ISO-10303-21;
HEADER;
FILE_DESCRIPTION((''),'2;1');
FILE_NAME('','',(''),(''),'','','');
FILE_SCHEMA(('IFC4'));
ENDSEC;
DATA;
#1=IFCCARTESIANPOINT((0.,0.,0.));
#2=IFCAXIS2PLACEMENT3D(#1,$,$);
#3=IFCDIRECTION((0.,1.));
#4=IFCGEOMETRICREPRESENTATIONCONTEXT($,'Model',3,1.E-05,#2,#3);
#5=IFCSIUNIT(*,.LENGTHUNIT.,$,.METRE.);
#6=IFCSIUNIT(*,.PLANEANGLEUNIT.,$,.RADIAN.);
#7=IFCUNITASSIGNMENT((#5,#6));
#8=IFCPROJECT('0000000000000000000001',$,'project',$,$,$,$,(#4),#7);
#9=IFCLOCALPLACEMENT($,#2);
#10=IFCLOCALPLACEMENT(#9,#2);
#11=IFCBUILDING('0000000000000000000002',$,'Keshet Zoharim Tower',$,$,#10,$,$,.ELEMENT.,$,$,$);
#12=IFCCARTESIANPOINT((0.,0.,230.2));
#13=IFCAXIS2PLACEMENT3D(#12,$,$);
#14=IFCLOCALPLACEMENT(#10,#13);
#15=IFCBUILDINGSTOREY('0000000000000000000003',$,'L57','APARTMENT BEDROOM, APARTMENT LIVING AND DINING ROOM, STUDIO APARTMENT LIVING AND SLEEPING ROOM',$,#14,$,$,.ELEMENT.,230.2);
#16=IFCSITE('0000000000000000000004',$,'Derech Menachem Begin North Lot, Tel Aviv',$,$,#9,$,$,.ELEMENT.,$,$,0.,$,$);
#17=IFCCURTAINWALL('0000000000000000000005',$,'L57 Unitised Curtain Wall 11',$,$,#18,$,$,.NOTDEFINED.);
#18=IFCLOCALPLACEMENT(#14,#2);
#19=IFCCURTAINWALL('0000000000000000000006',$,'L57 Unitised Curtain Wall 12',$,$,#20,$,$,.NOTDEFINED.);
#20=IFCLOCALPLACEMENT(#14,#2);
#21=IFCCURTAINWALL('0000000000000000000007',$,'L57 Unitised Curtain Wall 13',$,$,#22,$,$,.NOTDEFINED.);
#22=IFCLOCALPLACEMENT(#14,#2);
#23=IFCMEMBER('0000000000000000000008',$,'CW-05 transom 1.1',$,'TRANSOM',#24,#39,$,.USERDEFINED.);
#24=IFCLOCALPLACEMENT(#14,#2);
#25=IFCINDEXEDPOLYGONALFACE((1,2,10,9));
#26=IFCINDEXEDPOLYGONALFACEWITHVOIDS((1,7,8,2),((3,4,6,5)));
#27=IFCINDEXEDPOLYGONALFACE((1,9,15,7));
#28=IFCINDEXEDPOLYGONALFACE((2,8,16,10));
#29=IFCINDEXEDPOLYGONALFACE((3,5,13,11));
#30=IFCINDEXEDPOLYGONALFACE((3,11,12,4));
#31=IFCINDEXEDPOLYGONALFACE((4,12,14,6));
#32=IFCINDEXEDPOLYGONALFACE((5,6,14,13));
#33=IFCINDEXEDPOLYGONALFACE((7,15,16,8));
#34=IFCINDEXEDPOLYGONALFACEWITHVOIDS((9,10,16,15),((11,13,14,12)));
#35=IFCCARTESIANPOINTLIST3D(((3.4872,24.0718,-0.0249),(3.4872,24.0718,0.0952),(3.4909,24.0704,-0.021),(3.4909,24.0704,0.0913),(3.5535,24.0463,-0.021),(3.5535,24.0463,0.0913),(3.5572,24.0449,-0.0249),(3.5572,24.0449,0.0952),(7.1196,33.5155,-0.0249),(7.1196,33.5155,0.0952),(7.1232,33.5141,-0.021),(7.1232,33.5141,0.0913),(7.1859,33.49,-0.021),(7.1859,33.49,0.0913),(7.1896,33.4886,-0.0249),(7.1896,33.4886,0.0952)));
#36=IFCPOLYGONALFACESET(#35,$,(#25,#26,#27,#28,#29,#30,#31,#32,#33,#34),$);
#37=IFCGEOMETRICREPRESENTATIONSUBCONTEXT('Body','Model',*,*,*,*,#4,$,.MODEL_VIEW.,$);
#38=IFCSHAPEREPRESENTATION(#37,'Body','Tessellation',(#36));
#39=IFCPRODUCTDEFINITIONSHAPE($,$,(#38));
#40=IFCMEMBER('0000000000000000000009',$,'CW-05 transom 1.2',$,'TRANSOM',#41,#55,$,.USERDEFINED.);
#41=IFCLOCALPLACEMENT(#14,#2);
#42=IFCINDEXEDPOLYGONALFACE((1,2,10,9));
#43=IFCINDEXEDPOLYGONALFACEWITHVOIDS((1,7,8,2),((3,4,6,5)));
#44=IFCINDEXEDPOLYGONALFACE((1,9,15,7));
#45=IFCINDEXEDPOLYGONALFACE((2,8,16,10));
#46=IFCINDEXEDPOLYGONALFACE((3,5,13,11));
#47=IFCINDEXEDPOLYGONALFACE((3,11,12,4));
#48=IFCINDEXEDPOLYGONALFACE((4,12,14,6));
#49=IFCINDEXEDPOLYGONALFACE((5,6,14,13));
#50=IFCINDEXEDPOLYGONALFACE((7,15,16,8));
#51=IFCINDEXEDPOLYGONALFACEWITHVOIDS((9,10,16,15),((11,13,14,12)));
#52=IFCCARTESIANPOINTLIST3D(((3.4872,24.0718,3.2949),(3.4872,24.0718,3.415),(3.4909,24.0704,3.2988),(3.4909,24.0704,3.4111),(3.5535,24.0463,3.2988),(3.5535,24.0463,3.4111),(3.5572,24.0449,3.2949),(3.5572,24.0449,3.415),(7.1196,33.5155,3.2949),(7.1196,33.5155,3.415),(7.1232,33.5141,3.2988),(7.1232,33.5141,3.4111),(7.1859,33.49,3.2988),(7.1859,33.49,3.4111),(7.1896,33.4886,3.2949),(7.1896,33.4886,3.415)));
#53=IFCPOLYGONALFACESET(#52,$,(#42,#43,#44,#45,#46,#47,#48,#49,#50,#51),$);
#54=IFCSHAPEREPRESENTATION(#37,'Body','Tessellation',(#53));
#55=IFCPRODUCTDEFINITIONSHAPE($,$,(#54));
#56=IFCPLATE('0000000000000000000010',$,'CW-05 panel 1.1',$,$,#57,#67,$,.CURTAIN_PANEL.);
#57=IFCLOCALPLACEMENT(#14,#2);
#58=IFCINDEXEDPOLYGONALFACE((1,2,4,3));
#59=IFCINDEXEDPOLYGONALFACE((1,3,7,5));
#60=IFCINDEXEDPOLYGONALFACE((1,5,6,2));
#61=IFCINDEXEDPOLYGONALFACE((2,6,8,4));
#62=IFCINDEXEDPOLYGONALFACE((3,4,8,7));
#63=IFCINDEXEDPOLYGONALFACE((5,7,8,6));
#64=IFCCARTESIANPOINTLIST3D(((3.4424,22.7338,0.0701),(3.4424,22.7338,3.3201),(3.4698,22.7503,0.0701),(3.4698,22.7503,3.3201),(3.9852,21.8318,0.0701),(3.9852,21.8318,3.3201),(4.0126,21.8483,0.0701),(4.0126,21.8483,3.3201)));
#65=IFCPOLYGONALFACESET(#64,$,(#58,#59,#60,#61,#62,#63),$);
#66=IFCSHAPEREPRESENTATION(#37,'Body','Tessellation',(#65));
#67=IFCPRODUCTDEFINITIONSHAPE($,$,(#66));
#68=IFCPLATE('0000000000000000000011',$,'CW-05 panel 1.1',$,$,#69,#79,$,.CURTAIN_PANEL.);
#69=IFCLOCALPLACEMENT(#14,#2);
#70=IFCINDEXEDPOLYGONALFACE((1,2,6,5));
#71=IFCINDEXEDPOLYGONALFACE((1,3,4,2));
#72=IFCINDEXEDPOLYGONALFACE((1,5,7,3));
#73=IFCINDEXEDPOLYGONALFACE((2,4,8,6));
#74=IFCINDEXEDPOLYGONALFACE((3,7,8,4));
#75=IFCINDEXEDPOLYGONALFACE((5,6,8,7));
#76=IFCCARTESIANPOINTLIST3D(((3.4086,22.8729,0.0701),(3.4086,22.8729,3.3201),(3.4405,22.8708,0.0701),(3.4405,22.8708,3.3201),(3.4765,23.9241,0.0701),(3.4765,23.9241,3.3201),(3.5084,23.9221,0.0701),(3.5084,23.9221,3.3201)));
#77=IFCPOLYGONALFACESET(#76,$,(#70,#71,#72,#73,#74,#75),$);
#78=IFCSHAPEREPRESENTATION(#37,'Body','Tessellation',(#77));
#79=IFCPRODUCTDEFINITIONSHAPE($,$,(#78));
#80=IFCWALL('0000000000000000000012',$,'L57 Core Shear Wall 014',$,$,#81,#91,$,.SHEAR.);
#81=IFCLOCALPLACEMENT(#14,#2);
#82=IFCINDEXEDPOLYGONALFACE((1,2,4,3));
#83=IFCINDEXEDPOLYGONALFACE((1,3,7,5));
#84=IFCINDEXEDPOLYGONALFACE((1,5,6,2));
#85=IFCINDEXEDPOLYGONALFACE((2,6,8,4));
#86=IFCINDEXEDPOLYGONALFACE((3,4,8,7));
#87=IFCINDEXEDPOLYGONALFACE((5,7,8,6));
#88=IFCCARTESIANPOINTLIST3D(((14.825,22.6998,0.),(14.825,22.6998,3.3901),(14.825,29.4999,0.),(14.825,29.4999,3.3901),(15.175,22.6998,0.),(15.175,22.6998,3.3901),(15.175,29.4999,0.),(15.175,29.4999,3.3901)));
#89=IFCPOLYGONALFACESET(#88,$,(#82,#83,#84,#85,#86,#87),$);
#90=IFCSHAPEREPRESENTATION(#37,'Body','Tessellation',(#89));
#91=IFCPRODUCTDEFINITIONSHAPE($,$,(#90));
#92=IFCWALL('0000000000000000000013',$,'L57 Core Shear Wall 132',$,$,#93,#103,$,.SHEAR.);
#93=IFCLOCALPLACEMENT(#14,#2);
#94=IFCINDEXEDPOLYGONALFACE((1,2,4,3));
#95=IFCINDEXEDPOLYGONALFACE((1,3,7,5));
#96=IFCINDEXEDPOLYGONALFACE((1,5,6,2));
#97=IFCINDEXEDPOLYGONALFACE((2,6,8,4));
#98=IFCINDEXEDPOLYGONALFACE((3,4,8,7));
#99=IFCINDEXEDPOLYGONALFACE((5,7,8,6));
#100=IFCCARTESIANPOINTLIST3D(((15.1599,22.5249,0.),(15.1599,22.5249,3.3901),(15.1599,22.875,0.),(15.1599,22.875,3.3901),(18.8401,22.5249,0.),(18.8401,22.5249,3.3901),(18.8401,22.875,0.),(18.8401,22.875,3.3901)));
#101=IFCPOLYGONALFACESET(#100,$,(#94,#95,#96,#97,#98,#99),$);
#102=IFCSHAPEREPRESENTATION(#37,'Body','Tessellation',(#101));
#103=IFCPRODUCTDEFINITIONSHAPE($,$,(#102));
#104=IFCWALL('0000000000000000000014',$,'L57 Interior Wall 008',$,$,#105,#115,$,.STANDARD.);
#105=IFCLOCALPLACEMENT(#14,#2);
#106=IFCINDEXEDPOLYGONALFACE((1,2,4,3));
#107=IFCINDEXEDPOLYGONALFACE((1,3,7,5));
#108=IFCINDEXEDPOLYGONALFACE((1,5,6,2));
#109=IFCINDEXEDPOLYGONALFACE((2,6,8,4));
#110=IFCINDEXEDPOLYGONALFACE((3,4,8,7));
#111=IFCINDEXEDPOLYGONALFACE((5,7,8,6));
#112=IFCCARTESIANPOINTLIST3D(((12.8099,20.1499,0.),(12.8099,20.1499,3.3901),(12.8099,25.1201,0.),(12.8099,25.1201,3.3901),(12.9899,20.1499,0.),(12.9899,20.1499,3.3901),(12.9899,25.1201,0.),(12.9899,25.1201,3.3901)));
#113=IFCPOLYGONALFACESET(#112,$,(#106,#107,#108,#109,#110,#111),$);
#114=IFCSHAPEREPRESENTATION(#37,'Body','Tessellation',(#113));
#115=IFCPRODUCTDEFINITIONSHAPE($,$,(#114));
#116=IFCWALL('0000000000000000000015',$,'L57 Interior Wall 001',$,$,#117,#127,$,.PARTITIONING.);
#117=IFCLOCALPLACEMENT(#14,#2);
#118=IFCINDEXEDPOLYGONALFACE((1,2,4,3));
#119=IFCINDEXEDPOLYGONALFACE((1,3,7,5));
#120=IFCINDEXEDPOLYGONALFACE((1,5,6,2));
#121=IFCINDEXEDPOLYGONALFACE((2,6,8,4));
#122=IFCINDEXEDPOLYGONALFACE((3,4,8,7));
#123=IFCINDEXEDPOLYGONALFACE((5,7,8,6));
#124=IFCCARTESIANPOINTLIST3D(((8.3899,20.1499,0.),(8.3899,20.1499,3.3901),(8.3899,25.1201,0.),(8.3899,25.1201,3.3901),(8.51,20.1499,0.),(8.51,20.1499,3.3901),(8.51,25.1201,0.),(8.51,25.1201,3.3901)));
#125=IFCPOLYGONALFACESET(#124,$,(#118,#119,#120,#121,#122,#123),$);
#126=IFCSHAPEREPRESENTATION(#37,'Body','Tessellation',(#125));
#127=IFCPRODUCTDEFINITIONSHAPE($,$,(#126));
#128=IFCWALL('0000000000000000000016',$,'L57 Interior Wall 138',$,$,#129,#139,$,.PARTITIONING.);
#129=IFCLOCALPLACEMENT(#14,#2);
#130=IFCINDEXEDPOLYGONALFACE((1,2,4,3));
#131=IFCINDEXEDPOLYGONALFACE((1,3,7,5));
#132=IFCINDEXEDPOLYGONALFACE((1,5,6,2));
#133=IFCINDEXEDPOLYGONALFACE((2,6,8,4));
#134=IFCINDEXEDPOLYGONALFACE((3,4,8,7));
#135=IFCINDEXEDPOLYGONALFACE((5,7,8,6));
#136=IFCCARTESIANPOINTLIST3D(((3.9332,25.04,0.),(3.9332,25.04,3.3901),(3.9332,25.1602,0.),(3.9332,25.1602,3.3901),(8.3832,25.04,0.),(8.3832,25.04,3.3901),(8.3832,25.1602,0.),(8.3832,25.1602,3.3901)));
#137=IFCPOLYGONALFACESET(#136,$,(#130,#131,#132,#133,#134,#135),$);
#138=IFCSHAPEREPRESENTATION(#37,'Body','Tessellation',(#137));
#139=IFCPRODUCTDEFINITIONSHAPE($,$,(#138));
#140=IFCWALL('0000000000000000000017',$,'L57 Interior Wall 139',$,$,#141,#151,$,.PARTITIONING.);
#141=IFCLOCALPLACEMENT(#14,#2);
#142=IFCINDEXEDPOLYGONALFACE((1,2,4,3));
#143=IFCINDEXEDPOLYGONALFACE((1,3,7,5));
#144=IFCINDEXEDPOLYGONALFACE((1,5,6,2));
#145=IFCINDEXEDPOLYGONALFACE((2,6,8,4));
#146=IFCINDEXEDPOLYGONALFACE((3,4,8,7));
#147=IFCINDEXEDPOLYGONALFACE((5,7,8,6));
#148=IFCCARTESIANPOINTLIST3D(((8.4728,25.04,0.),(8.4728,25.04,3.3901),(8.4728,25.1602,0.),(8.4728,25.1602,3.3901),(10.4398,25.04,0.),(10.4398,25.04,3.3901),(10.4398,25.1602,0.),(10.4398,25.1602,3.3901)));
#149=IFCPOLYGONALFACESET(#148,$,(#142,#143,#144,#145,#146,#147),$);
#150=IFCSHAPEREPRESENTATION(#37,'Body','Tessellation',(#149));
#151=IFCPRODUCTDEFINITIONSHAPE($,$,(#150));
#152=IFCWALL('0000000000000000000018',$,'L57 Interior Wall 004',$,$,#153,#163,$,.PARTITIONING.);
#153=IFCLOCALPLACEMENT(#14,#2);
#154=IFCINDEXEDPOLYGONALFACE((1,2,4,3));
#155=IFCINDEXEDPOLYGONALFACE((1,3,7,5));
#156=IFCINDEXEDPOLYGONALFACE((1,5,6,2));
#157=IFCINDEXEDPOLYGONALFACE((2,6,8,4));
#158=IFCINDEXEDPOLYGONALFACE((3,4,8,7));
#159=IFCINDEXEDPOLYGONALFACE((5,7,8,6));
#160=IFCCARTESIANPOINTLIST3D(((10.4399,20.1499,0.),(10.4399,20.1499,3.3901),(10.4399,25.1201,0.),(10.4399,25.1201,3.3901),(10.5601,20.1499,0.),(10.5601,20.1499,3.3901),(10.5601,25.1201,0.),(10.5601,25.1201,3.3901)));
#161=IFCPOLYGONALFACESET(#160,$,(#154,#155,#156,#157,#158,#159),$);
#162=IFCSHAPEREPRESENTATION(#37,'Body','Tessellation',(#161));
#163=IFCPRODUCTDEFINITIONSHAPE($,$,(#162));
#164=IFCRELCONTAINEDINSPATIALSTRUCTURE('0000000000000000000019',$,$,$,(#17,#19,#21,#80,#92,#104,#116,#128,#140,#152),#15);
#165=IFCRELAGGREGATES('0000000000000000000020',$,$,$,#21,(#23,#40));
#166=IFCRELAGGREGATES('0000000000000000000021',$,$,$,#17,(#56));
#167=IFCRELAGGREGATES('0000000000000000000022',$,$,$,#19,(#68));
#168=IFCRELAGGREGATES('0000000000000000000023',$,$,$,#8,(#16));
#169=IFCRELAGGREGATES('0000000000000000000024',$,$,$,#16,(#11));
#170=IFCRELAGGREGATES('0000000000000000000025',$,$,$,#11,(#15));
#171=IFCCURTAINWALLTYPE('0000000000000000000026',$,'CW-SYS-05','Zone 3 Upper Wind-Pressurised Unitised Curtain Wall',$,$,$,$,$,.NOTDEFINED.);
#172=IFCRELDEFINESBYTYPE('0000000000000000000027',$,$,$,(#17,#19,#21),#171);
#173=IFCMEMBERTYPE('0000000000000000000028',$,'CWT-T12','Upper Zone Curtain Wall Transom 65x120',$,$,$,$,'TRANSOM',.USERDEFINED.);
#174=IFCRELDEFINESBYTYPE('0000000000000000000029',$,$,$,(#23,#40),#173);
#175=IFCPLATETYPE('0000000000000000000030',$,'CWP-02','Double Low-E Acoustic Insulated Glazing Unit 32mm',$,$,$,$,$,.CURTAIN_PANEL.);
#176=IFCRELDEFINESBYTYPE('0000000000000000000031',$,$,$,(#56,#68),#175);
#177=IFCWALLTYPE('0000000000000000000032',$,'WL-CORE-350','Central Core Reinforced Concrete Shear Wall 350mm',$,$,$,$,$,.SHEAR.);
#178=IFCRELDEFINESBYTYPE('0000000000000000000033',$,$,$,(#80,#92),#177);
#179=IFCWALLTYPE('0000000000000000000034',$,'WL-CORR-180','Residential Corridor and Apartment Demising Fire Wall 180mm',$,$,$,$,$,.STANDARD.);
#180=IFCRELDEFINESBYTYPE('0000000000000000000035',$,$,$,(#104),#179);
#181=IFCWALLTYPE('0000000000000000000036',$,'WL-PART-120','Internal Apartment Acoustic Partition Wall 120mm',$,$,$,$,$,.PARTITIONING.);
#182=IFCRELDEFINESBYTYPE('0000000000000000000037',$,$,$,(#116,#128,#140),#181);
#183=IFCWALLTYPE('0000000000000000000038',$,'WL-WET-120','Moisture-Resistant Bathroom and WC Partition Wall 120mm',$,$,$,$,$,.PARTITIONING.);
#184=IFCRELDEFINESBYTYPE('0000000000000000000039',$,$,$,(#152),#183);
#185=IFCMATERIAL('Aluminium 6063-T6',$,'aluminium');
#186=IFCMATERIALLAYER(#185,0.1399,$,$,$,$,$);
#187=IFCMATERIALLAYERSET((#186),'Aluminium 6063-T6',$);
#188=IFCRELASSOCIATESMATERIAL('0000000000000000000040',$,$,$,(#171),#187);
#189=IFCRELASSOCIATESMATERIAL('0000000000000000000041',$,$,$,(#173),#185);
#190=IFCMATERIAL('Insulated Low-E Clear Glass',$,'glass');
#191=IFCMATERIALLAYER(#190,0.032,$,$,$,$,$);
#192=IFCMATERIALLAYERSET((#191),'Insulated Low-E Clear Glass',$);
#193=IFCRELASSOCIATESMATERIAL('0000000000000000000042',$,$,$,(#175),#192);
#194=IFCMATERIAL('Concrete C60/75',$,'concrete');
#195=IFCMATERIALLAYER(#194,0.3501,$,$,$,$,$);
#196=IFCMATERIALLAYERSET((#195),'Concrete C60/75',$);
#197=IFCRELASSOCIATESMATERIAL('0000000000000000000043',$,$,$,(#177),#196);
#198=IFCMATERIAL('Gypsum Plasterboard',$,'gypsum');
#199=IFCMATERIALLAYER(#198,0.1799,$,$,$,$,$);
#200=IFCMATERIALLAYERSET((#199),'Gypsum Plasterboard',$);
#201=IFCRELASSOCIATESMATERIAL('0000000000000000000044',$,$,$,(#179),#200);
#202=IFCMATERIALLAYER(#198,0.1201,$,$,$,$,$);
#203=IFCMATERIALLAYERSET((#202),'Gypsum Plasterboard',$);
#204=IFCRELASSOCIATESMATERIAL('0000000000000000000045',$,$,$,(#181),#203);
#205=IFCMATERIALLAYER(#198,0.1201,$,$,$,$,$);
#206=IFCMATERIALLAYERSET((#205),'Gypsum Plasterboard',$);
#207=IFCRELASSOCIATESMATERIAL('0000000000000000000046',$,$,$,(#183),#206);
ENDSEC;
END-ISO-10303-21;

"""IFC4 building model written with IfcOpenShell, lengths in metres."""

from ifc_helpers import new_model, si_unit, direction, frame, frame_2d, origin, origin_2d, place, context, subcontext, project, spatial, rectangle, hollow_rectangle, extrude, material, layer, layer_set, material_profile, profile_set, type_object, element, aggregate, save


model = new_model("IFC4")

# Units and contexts
model_context = context("Model", 3, precision=1e-05, world=origin(), true_north=direction((0.0, 1.0)))
body_context = subcontext(model_context, "Body", "Model", "MODEL_VIEW")
ifc_project = project(units=[si_unit("LENGTHUNIT", "METRE"), si_unit("PLANEANGLEUNIT", "RADIAN")], contexts=[model_context])

# Site, building, storey
site_placement = place(None, origin())
site = spatial("IfcSite", under=ifc_project, at=site_placement, Name="Derech Menachem Begin North Lot, Tel Aviv", CompositionType="ELEMENT", RefElevation=0.0)
building_placement = place(site_placement, origin())
building = spatial("IfcBuilding", under=site, at=building_placement, Name="Keshet Zoharim Tower", CompositionType="ELEMENT")
storey_placement = place(building_placement, frame((0.0, 0.0, 230.2)))
storey = spatial("IfcBuildingStorey", under=building, at=storey_placement, Name="L57", Description="APARTMENT BEDROOM, APARTMENT LIVING AND DINING ROOM, STUDIO APARTMENT LIVING AND SLEEPING ROOM", CompositionType="ELEMENT", Elevation=230.2)

# Shared definitions
ifc_material_1 = material(Name="Aluminium 6063-T6", Category="aluminium")
ifc_layer_1 = layer(ifc_material_1, 0.1399)
ifc_layer_set_1 = layer_set([ifc_layer_1], Name="Aluminium 6063-T6")
curtain_wall_type = type_object("IfcCurtainWallType", Name="CW-SYS-05", Description="Zone 3 Upper Wind-Pressurised Unitised Curtain Wall", PredefinedType="NOTDEFINED", material=ifc_layer_set_1)

# Curtain walls
curtain_wall_1_placement = place(storey_placement, origin())
curtain_wall_1 = element("IfcCurtainWall", 1, at=curtain_wall_1_placement, inside=storey, type_object=curtain_wall_type, Name="L57 Unitised Curtain Wall 11", PredefinedType="NOTDEFINED")
curtain_wall_2_placement = place(storey_placement, origin())
curtain_wall_2 = element("IfcCurtainWall", 2, at=curtain_wall_2_placement, inside=storey, type_object=curtain_wall_type, Name="L57 Unitised Curtain Wall 12", PredefinedType="NOTDEFINED")

# Curtain wall
curtain_wall_3_placement = place(storey_placement, origin())
curtain_wall_3 = element("IfcCurtainWall", 3, at=curtain_wall_3_placement, inside=storey, type_object=curtain_wall_type, Name="L57 Unitised Curtain Wall 13", PredefinedType="NOTDEFINED")

# Members
ifc_material_profile_1 = material_profile(ifc_material_1, hollow_rectangle(XDim=0.075, YDim=0.1201, WallThickness=0.0039, at=origin_2d()), Name="TRN-75x120")
ifc_profile_set_1 = profile_set([ifc_material_profile_1], Name="Aluminium 6063-T6")
member_type_1 = type_object("IfcMemberType", Name="CWT-T12", Description="Upper Zone Curtain Wall Transom 65x120", ElementType="TRANSOM", PredefinedType="USERDEFINED", material=ifc_profile_set_1)
member_1_placement = place(storey_placement, frame((3.5222, 24.0583, 0.0352), z_axis=(0.358994, 0.93334, 0.0), x_axis=(-0.93334, 0.358994, 0.0)))
member_1 = element("IfcMember", 4, at=member_1_placement, type_object=member_type_1, Name="CW-05 transom 1.1", ObjectType="TRANSOM", PredefinedType="USERDEFINED", context=body_context, shape_type="SweptSolid", body=[
    extrude(hollow_rectangle(XDim=0.075, YDim=0.1201, WallThickness=0.0039, at=origin_2d()), origin(), (0.0, 0.0, 1.0), 10.1182),
])
member_2_placement = place(storey_placement, frame((3.5222, 24.0583, 3.355), z_axis=(0.358994, 0.93334, 0.0), x_axis=(-0.93334, 0.358994, 0.0)))
member_2 = element("IfcMember", 5, at=member_2_placement, type_object=member_type_1, Name="CW-05 transom 1.2", ObjectType="TRANSOM", PredefinedType="USERDEFINED", context=body_context, shape_type="SweptSolid", body=[
    extrude(hollow_rectangle(XDim=0.075, YDim=0.1201, WallThickness=0.0039, at=origin_2d()), origin(), (0.0, 0.0, 1.0), 10.1182),
])
aggregate(curtain_wall_3, [member_1, member_2])

# Plates
ifc_material_2 = material(Name="Insulated Low-E Clear Glass", Category="glass")
ifc_layer_2 = layer(ifc_material_2, 0.032)
ifc_layer_set_2 = layer_set([ifc_layer_2], Name="Insulated Low-E Clear Glass")
plate_type = type_object("IfcPlateType", Name="CWP-02", Description="Double Low-E Acoustic Insulated Glazing Unit 32mm", PredefinedType="CURTAIN_PANEL", material=ifc_layer_set_2)
plate_1_placement = place(storey_placement, frame((3.7275, 22.291, 0.0701), z_axis=(0.0, 0.0, 1.0), x_axis=(-0.515605, 0.856826, 0.0)))
plate_1 = element("IfcPlate", 6, at=plate_1_placement, type_object=plate_type, Name="CW-05 panel 1.1", PredefinedType="CURTAIN_PANEL", context=body_context, shape_type="SweptSolid", body=[
    extrude(rectangle(XDim=1.0527, YDim=0.032, at=origin_2d()), origin(), (0.0, 0.0, 1.0), 3.25),
])
aggregate(curtain_wall_1, [plate_1])
plate_2_placement = place(storey_placement, frame((3.4585, 23.3975, 0.0701), z_axis=(0.0, 0.0, 1.0), x_axis=(0.064517, 0.997917, 0.0)))
plate_2 = element("IfcPlate", 7, at=plate_2_placement, type_object=plate_type, Name="CW-05 panel 1.1", PredefinedType="CURTAIN_PANEL", context=body_context, shape_type="SweptSolid", body=[
    extrude(rectangle(XDim=1.0535, YDim=0.032, at=origin_2d()), origin(), (0.0, 0.0, 1.0), 3.25),
])
aggregate(curtain_wall_2, [plate_2])

# Walls
ifc_material_3 = material(Name="Concrete C60/75", Category="concrete")
ifc_layer_3 = layer(ifc_material_3, 0.3501)
ifc_layer_set_3 = layer_set([ifc_layer_3], Name="Concrete C60/75")
wall_type_1 = type_object("IfcWallType", Name="WL-CORE-350", Description="Central Core Reinforced Concrete Shear Wall 350mm", PredefinedType="SHEAR", material=ifc_layer_set_3)
wall_1_placement = place(storey_placement, frame((15.0, 22.7, 0.0), z_axis=(0.0, 0.0, 1.0), x_axis=(0.0, 1.0, 0.0)))
element("IfcWall", 8, at=wall_1_placement, inside=storey, type_object=wall_type_1, Name="L57 Core Shear Wall 014", PredefinedType="SHEAR", context=body_context, shape_type="SweptSolid", body=[
    extrude(rectangle(XDim=6.8, YDim=0.3501, at=frame_2d((3.3999, 0.0))), origin(), (0.0, 0.0, 1.0), 3.3901),
])
wall_2_placement = place(storey_placement, frame((15.1599, 22.7, 0.0), z_axis=(0.0, 0.0, 1.0), x_axis=(1.0, 0.0, 0.0)))
element("IfcWall", 9, at=wall_2_placement, inside=storey, type_object=wall_type_1, Name="L57 Core Shear Wall 132", PredefinedType="SHEAR", context=body_context, shape_type="SweptSolid", body=[
    extrude(rectangle(XDim=3.6802, YDim=0.3501, at=frame_2d((1.8401, 0.0))), origin(), (0.0, 0.0, 1.0), 3.3901),
])
ifc_material_4 = material(Name="Gypsum Plasterboard", Category="gypsum")
ifc_layer_4 = layer(ifc_material_4, 0.1799)
ifc_layer_set_4 = layer_set([ifc_layer_4], Name="Gypsum Plasterboard")
wall_type_2 = type_object("IfcWallType", Name="WL-CORR-180", Description="Residential Corridor and Apartment Demising Fire Wall 180mm", PredefinedType="STANDARD", material=ifc_layer_set_4)
wall_3_placement = place(storey_placement, frame((12.8999, 20.1499, 0.0), z_axis=(0.0, 0.0, 1.0), x_axis=(0.0, 1.0, 0.0)))
element("IfcWall", 10, at=wall_3_placement, inside=storey, type_object=wall_type_2, Name="L57 Interior Wall 008", PredefinedType="STANDARD", context=body_context, shape_type="SweptSolid", body=[
    extrude(rectangle(XDim=4.9702, YDim=0.1799, at=frame_2d((2.4851, 0.0))), origin(), (0.0, 0.0, 1.0), 3.3901),
])

# Wall
ifc_layer_5 = layer(ifc_material_4, 0.1201)
ifc_layer_set_5 = layer_set([ifc_layer_5], Name="Gypsum Plasterboard")
wall_type_3 = type_object("IfcWallType", Name="WL-PART-120", Description="Internal Apartment Acoustic Partition Wall 120mm", PredefinedType="PARTITIONING", material=ifc_layer_set_5)
wall_4_placement = place(storey_placement, frame((8.45, 20.1499, 0.0), z_axis=(0.0, 0.0, 1.0), x_axis=(0.0, 1.0, 0.0)))
element("IfcWall", 11, at=wall_4_placement, inside=storey, type_object=wall_type_3, Name="L57 Interior Wall 001", PredefinedType="PARTITIONING", context=body_context, shape_type="SweptSolid", body=[
    extrude(rectangle(XDim=4.9702, YDim=0.1201, at=frame_2d((2.4851, 0.0))), origin(), (0.0, 0.0, 1.0), 3.3901),
])

# Walls
wall_5_placement = place(storey_placement, frame((3.9331, 25.1001, 0.0), z_axis=(0.0, 0.0, 1.0), x_axis=(1.0, 0.0, 0.0)))
element("IfcWall", 12, at=wall_5_placement, inside=storey, type_object=wall_type_3, Name="L57 Interior Wall 138", PredefinedType="PARTITIONING", context=body_context, shape_type="SweptSolid", body=[
    extrude(rectangle(XDim=4.45, YDim=0.1201, at=frame_2d((2.2251, 0.0))), origin(), (0.0, 0.0, 1.0), 3.3901),
])
wall_6_placement = place(storey_placement, frame((8.4729, 25.1001, 0.0), z_axis=(0.0, 0.0, 1.0), x_axis=(1.0, 0.0, 0.0)))
element("IfcWall", 13, at=wall_6_placement, inside=storey, type_object=wall_type_3, Name="L57 Interior Wall 139", PredefinedType="PARTITIONING", context=body_context, shape_type="SweptSolid", body=[
    extrude(rectangle(XDim=1.967, YDim=0.1201, at=frame_2d((0.9834, 0.0))), origin(), (0.0, 0.0, 1.0), 3.3901),
])
ifc_layer_6 = layer(ifc_material_4, 0.1201)
ifc_layer_set_6 = layer_set([ifc_layer_6], Name="Gypsum Plasterboard")
wall_type_4 = type_object("IfcWallType", Name="WL-WET-120", Description="Moisture-Resistant Bathroom and WC Partition Wall 120mm", PredefinedType="PARTITIONING", material=ifc_layer_set_6)
wall_7_placement = place(storey_placement, frame((10.5, 20.1499, 0.0), z_axis=(0.0, 0.0, 1.0), x_axis=(0.0, 1.0, 0.0)))
element("IfcWall", 14, at=wall_7_placement, inside=storey, type_object=wall_type_4, Name="L57 Interior Wall 004", PredefinedType="PARTITIONING", context=body_context, shape_type="SweptSolid", body=[
    extrude(rectangle(XDim=4.9702, YDim=0.1201, at=frame_2d((2.4851, 0.0))), origin(), (0.0, 0.0, 1.0), 3.3901),
])

save(model, "model.ifc")
